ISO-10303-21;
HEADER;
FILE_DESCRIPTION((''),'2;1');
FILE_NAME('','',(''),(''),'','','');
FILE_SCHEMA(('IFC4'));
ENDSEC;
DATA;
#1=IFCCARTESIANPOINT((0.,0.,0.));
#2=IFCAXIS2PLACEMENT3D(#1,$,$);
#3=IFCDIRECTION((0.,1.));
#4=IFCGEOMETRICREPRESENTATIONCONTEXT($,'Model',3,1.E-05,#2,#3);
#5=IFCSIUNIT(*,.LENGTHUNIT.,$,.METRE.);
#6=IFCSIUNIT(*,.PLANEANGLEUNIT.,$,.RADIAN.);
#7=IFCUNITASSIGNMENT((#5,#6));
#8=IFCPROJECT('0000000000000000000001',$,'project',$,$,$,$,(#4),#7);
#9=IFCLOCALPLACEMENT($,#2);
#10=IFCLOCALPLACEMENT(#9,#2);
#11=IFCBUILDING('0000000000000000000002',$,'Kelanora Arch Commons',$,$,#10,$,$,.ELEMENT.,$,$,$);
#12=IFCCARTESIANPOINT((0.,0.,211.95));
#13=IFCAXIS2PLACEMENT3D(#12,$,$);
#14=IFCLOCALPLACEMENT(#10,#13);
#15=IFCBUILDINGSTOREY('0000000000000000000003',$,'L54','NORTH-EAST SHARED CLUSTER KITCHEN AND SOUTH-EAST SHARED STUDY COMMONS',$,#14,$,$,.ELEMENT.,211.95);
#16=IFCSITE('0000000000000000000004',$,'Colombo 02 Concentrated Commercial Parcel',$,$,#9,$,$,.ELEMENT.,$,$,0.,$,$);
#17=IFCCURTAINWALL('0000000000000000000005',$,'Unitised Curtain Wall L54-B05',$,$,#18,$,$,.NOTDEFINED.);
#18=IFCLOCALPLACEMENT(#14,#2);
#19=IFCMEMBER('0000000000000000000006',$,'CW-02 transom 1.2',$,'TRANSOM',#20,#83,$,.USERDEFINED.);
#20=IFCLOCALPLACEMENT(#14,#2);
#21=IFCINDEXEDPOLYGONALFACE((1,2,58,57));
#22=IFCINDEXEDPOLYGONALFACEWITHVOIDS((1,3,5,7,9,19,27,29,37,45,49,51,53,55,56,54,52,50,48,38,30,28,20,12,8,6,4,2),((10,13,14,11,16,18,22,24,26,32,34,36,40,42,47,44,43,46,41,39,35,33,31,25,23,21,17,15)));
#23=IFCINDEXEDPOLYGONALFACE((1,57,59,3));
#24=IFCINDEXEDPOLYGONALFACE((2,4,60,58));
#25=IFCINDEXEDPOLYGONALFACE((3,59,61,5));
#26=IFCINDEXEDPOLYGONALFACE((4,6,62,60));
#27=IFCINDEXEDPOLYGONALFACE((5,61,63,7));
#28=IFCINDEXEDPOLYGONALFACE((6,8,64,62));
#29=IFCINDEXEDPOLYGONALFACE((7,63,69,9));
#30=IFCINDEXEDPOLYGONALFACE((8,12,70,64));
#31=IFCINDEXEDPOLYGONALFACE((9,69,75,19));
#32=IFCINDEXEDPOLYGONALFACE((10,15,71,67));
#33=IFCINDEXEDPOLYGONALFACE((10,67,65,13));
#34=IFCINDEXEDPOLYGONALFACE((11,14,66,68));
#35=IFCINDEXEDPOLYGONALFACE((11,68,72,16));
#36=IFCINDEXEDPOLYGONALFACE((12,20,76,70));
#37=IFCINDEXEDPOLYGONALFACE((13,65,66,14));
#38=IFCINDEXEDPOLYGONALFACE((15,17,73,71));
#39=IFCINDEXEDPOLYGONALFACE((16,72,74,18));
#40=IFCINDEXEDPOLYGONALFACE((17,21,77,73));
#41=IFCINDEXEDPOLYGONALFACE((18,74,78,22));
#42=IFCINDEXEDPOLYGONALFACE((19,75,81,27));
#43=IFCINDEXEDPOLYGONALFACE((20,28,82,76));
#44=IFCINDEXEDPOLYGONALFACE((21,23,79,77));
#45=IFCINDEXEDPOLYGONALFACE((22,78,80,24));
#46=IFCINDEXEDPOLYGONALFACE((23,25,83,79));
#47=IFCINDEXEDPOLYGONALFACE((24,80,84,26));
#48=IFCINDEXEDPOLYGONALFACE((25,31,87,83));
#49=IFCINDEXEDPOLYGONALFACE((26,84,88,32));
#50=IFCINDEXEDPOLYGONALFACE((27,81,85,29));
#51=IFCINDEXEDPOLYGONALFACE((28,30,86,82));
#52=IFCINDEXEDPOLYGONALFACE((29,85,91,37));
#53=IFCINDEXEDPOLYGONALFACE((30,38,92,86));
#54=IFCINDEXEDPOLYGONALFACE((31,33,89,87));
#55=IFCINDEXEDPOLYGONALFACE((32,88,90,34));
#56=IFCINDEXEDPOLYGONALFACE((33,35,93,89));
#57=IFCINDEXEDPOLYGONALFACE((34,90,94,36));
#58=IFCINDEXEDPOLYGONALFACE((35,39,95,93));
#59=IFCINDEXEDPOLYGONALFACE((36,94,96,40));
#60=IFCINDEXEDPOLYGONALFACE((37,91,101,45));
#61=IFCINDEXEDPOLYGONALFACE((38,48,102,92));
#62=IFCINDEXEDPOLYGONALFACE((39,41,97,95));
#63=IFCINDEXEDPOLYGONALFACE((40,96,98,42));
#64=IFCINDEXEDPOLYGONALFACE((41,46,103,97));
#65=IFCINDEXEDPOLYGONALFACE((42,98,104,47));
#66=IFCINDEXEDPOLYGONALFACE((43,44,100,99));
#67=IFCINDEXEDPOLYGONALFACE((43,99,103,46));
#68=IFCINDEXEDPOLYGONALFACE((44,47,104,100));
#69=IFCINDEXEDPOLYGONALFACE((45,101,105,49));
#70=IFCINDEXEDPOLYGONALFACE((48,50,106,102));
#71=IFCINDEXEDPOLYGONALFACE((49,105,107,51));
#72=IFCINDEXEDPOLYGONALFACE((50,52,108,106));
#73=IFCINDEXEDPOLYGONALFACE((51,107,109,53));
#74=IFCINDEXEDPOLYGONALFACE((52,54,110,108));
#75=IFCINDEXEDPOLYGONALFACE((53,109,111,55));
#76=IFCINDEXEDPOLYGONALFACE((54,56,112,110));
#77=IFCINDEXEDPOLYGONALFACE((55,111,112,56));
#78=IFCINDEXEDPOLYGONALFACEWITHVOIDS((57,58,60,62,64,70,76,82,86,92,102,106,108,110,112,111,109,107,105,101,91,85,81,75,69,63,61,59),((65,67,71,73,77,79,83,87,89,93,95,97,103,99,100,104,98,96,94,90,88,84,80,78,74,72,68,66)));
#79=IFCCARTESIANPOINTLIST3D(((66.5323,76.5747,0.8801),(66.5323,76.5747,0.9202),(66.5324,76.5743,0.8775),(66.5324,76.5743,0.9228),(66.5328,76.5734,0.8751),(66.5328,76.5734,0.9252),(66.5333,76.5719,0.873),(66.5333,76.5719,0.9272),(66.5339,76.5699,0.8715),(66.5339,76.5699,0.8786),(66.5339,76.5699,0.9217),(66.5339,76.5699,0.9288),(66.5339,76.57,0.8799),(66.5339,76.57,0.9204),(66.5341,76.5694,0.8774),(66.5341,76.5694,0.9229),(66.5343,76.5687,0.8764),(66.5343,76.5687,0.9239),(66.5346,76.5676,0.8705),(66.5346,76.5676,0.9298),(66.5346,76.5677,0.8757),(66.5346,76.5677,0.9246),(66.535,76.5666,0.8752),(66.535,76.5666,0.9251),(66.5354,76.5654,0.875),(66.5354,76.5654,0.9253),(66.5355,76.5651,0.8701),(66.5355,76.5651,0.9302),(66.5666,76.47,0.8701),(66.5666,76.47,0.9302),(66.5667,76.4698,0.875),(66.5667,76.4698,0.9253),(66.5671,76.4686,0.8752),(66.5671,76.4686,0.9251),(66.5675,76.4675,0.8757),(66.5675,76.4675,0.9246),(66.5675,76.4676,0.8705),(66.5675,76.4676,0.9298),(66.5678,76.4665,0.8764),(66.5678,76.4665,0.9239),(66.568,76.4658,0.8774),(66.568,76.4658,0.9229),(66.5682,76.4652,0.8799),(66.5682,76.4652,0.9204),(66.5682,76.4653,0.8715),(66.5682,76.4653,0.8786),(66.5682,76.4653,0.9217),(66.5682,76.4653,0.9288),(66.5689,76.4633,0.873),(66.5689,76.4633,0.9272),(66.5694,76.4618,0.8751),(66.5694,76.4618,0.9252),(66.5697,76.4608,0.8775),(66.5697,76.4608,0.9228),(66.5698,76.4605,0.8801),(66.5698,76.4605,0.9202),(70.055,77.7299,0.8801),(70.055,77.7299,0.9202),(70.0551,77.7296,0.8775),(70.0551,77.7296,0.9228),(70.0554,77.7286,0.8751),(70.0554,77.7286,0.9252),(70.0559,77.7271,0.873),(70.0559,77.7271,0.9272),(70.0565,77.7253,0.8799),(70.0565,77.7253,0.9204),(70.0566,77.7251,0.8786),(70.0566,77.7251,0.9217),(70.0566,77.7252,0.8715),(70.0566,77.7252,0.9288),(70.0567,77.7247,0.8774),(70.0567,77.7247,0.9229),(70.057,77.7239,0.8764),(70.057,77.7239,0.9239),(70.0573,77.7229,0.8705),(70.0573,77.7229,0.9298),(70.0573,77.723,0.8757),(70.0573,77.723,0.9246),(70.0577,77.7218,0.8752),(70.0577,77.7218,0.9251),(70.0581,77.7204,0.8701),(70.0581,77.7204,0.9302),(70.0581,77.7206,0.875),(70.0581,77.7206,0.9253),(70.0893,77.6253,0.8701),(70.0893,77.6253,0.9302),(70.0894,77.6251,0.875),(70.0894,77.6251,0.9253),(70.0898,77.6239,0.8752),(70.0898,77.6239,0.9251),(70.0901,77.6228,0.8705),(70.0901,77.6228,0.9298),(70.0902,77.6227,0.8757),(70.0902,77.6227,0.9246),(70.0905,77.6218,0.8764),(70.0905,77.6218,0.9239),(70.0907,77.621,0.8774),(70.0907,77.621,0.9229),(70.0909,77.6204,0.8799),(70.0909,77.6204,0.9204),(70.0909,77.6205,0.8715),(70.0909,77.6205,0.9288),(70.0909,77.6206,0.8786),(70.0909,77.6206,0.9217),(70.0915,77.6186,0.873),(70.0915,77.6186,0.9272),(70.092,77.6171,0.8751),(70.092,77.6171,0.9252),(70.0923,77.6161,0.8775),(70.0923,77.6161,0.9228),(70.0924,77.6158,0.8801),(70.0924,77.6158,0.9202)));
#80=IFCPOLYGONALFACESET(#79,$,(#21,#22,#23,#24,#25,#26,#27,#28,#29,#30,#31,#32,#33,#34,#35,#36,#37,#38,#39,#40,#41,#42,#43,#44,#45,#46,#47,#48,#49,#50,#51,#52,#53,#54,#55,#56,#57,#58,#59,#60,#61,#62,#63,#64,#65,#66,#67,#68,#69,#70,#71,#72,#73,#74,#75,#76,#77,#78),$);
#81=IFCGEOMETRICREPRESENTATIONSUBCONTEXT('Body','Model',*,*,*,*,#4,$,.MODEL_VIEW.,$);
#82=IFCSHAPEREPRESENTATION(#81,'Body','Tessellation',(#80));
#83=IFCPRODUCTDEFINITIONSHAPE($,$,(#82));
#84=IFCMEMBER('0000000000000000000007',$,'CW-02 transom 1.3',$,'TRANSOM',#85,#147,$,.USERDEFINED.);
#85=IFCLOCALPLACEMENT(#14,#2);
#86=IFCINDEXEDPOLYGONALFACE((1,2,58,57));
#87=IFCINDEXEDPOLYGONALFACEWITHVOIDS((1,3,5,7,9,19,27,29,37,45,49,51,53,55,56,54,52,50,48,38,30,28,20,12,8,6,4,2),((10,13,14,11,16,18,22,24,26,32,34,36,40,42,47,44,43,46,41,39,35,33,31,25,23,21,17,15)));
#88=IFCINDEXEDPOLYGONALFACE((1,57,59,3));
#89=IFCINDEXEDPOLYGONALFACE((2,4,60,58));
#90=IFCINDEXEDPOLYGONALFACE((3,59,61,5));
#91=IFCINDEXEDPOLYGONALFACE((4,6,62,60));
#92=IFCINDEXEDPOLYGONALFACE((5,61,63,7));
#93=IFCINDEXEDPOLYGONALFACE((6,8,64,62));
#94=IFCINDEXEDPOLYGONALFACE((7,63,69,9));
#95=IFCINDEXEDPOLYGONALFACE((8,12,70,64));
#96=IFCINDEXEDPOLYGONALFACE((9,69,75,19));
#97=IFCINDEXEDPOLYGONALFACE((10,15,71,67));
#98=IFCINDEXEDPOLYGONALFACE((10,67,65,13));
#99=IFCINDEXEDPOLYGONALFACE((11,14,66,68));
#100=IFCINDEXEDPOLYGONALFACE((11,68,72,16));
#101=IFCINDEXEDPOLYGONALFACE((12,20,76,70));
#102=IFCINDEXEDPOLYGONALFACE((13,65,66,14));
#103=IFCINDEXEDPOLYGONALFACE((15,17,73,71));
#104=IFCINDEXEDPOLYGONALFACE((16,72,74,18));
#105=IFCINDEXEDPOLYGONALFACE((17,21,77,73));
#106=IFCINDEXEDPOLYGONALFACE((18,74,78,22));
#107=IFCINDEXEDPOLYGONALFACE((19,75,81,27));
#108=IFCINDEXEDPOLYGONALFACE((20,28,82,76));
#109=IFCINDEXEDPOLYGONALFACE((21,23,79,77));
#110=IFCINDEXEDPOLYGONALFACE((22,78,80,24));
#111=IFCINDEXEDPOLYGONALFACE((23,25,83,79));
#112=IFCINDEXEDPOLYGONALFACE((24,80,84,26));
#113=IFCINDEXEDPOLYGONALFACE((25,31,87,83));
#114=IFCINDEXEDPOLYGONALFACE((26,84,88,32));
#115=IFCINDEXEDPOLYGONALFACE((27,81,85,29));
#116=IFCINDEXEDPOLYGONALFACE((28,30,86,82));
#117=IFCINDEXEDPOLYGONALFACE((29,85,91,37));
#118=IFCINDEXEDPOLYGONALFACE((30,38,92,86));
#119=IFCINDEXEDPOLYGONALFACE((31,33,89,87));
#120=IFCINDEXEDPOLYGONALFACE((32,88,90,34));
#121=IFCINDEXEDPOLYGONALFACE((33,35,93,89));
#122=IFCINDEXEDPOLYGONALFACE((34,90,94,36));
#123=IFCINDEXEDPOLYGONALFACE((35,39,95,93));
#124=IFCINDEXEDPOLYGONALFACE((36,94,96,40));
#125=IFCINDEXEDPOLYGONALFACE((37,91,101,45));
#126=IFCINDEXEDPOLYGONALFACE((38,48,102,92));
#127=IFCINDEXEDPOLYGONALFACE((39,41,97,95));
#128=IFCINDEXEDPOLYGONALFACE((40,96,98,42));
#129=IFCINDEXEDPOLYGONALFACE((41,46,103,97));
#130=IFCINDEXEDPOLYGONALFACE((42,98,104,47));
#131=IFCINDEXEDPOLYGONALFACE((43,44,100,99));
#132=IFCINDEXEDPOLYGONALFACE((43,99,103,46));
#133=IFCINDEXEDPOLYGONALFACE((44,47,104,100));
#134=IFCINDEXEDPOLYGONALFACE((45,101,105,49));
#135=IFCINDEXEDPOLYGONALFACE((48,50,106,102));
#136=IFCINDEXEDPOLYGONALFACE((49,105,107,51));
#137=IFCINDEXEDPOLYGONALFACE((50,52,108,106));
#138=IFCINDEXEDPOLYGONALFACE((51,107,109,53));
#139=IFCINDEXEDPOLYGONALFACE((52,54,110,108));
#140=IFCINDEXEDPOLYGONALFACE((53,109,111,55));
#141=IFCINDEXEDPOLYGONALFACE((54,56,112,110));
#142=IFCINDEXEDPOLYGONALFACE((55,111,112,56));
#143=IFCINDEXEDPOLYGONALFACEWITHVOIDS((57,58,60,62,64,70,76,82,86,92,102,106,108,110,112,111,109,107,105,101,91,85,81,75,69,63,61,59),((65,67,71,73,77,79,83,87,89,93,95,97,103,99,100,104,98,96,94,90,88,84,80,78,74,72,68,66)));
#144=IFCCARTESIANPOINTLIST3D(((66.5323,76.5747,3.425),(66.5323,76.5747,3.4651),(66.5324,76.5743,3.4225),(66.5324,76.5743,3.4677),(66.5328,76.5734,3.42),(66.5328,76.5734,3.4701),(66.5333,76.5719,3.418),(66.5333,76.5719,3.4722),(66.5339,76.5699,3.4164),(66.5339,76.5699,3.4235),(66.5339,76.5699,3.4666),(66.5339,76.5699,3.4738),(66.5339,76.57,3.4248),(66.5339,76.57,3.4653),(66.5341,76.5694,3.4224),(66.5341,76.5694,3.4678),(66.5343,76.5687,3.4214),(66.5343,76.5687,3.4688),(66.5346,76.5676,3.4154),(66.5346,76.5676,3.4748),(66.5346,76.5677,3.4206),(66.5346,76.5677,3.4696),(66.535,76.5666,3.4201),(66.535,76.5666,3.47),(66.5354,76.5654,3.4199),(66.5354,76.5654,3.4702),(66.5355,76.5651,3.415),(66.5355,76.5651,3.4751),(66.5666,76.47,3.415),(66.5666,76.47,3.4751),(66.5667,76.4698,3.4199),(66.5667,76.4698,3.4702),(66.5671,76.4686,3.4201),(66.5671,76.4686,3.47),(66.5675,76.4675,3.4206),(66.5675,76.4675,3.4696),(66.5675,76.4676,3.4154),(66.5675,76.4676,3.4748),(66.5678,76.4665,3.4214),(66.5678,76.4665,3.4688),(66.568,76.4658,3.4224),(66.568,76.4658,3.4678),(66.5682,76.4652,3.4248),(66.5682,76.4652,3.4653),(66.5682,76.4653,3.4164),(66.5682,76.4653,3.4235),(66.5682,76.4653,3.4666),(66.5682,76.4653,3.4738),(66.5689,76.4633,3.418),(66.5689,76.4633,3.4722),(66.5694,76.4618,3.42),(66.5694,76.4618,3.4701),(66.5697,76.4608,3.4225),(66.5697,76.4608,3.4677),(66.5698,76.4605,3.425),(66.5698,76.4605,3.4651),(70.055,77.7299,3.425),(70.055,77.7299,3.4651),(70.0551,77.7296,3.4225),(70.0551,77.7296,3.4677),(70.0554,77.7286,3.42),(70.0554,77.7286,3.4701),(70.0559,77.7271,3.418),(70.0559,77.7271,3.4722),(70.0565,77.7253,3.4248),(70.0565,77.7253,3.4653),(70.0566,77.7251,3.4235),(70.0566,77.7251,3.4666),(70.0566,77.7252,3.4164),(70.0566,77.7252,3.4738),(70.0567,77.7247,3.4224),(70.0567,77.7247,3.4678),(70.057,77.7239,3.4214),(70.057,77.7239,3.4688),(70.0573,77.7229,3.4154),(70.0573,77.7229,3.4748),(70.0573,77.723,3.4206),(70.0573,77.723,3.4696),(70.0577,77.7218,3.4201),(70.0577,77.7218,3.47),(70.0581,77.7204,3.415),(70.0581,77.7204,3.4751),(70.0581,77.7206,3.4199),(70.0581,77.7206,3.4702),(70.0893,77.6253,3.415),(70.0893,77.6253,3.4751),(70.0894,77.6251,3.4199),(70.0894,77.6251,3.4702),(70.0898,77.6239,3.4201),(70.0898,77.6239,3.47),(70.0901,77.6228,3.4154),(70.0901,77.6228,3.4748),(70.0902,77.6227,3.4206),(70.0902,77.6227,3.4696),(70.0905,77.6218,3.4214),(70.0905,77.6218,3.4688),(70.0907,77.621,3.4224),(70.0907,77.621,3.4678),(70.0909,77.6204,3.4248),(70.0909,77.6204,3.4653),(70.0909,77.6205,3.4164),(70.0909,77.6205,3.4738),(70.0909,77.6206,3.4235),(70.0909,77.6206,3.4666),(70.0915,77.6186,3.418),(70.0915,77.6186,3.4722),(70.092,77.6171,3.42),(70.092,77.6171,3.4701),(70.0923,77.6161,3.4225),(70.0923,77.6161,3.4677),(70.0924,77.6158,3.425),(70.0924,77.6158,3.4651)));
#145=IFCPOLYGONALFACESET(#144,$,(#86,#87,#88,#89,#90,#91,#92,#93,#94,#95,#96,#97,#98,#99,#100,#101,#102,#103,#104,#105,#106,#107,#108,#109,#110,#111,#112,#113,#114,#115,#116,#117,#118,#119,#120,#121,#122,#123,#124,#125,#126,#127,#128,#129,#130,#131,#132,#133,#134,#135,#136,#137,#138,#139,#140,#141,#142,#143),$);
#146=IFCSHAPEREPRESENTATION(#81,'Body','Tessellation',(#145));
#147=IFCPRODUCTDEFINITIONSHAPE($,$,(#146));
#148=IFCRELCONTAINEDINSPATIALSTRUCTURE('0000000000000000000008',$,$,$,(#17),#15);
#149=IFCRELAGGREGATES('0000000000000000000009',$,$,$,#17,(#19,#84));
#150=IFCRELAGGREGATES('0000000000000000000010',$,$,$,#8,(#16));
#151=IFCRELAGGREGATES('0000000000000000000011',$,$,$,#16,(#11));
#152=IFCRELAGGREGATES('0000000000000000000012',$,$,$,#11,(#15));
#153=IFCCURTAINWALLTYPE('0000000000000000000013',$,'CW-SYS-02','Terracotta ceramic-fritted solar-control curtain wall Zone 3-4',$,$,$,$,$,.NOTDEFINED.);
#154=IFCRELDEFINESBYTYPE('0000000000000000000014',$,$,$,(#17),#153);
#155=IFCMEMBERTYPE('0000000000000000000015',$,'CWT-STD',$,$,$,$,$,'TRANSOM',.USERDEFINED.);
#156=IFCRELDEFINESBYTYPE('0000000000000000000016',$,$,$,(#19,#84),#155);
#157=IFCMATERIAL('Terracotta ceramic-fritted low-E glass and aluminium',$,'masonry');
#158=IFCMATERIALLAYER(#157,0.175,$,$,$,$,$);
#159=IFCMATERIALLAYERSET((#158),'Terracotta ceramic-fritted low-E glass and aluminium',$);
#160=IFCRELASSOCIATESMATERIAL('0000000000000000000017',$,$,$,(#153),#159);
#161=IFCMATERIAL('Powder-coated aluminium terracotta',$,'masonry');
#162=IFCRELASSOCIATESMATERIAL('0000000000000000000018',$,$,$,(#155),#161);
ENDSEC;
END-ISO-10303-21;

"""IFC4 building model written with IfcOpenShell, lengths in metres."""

from ifc_helpers import new_model, si_unit, direction, frame, origin, origin_2d, place, context, subcontext, project, spatial, hollow_rectangle, extrude, material, layer, layer_set, material_profile, profile_set, type_object, element, aggregate, save


model = new_model("IFC4")

# Units and contexts
model_context = context("Model", 3, precision=1e-05, world=origin(), true_north=direction((0.0, 1.0)))
body_context = subcontext(model_context, "Body", "Model", "MODEL_VIEW")
ifc_project = project(units=[si_unit("LENGTHUNIT", "METRE"), si_unit("PLANEANGLEUNIT", "RADIAN")], contexts=[model_context])

# Site, building, storey
site_placement = place(None, origin())
site = spatial("IfcSite", under=ifc_project, at=site_placement, Name="Colombo 02 Concentrated Commercial Parcel", CompositionType="ELEMENT", RefElevation=0.0)
building_placement = place(site_placement, origin())
building = spatial("IfcBuilding", under=site, at=building_placement, Name="Kelanora Arch Commons", CompositionType="ELEMENT")
storey_placement = place(building_placement, frame((0.0, 0.0, 211.95)))
storey = spatial("IfcBuildingStorey", under=building, at=storey_placement, Name="L54", Description="NORTH-EAST SHARED CLUSTER KITCHEN AND SOUTH-EAST SHARED STUDY COMMONS", CompositionType="ELEMENT", Elevation=211.95)

# Curtain wall, members
ifc_material_1 = material(Name="Terracotta ceramic-fritted low-E glass and aluminium", Category="masonry")
ifc_layer_1 = layer(ifc_material_1, 0.175)
ifc_layer_set_1 = layer_set([ifc_layer_1], Name="Terracotta ceramic-fritted low-E glass and aluminium")
curtain_wall_type = type_object("IfcCurtainWallType", Name="CW-SYS-02", Description="Terracotta ceramic-fritted solar-control curtain wall Zone 3-4", PredefinedType="NOTDEFINED", material=ifc_layer_set_1)
curtain_wall_placement = place(storey_placement, origin())
curtain_wall = element("IfcCurtainWall", 1, at=curtain_wall_placement, inside=storey, type_object=curtain_wall_type, Name="Unitised Curtain Wall L54-B05", PredefinedType="NOTDEFINED")
ifc_material_2 = material(Name="Powder-coated aluminium terracotta", Category="masonry")
ifc_material_profile_1 = material_profile(ifc_material_2, hollow_rectangle(XDim=0.1201, YDim=0.0601, WallThickness=0.0049, InnerFilletRadius=0.0049, OuterFilletRadius=0.01, at=origin_2d()), Name="CWT120x60")
ifc_profile_set_1 = profile_set([ifc_material_profile_1], Name="Powder-coated aluminium terracotta")
member_type_1 = type_object("IfcMemberType", Name="CWT-STD", ElementType="TRANSOM", PredefinedType="USERDEFINED", material=ifc_profile_set_1)
member_1_placement = place(storey_placement, frame((70.0737, 77.6729, 0.9001), z_axis=(-0.950207, -0.311621, 0.0), x_axis=(0.311621, -0.950207, 0.0)))
member_1 = element("IfcMember", 2, at=member_1_placement, type_object=member_type_1, Name="CW-02 transom 1.2", ObjectType="TRANSOM", PredefinedType="USERDEFINED", context=body_context, shape_type="SweptSolid", body=[
    extrude(hollow_rectangle(XDim=0.1201, YDim=0.0601, WallThickness=0.0049, InnerFilletRadius=0.0049, OuterFilletRadius=0.01, at=origin_2d()), origin(), (0.0, 0.0, 1.0), 3.7073),
])
member_2_placement = place(storey_placement, frame((70.0737, 77.6729, 3.4451), z_axis=(-0.950207, -0.311621, 0.0), x_axis=(0.311621, -0.950207, 0.0)))
member_2 = element("IfcMember", 3, at=member_2_placement, type_object=member_type_1, Name="CW-02 transom 1.3", ObjectType="TRANSOM", PredefinedType="USERDEFINED", context=body_context, shape_type="SweptSolid", body=[
    extrude(hollow_rectangle(XDim=0.1201, YDim=0.0601, WallThickness=0.0049, InnerFilletRadius=0.0049, OuterFilletRadius=0.01, at=origin_2d()), origin(), (0.0, 0.0, 1.0), 3.7073),
])
aggregate(curtain_wall, [member_1, member_2])

save(model, "model.ifc")
